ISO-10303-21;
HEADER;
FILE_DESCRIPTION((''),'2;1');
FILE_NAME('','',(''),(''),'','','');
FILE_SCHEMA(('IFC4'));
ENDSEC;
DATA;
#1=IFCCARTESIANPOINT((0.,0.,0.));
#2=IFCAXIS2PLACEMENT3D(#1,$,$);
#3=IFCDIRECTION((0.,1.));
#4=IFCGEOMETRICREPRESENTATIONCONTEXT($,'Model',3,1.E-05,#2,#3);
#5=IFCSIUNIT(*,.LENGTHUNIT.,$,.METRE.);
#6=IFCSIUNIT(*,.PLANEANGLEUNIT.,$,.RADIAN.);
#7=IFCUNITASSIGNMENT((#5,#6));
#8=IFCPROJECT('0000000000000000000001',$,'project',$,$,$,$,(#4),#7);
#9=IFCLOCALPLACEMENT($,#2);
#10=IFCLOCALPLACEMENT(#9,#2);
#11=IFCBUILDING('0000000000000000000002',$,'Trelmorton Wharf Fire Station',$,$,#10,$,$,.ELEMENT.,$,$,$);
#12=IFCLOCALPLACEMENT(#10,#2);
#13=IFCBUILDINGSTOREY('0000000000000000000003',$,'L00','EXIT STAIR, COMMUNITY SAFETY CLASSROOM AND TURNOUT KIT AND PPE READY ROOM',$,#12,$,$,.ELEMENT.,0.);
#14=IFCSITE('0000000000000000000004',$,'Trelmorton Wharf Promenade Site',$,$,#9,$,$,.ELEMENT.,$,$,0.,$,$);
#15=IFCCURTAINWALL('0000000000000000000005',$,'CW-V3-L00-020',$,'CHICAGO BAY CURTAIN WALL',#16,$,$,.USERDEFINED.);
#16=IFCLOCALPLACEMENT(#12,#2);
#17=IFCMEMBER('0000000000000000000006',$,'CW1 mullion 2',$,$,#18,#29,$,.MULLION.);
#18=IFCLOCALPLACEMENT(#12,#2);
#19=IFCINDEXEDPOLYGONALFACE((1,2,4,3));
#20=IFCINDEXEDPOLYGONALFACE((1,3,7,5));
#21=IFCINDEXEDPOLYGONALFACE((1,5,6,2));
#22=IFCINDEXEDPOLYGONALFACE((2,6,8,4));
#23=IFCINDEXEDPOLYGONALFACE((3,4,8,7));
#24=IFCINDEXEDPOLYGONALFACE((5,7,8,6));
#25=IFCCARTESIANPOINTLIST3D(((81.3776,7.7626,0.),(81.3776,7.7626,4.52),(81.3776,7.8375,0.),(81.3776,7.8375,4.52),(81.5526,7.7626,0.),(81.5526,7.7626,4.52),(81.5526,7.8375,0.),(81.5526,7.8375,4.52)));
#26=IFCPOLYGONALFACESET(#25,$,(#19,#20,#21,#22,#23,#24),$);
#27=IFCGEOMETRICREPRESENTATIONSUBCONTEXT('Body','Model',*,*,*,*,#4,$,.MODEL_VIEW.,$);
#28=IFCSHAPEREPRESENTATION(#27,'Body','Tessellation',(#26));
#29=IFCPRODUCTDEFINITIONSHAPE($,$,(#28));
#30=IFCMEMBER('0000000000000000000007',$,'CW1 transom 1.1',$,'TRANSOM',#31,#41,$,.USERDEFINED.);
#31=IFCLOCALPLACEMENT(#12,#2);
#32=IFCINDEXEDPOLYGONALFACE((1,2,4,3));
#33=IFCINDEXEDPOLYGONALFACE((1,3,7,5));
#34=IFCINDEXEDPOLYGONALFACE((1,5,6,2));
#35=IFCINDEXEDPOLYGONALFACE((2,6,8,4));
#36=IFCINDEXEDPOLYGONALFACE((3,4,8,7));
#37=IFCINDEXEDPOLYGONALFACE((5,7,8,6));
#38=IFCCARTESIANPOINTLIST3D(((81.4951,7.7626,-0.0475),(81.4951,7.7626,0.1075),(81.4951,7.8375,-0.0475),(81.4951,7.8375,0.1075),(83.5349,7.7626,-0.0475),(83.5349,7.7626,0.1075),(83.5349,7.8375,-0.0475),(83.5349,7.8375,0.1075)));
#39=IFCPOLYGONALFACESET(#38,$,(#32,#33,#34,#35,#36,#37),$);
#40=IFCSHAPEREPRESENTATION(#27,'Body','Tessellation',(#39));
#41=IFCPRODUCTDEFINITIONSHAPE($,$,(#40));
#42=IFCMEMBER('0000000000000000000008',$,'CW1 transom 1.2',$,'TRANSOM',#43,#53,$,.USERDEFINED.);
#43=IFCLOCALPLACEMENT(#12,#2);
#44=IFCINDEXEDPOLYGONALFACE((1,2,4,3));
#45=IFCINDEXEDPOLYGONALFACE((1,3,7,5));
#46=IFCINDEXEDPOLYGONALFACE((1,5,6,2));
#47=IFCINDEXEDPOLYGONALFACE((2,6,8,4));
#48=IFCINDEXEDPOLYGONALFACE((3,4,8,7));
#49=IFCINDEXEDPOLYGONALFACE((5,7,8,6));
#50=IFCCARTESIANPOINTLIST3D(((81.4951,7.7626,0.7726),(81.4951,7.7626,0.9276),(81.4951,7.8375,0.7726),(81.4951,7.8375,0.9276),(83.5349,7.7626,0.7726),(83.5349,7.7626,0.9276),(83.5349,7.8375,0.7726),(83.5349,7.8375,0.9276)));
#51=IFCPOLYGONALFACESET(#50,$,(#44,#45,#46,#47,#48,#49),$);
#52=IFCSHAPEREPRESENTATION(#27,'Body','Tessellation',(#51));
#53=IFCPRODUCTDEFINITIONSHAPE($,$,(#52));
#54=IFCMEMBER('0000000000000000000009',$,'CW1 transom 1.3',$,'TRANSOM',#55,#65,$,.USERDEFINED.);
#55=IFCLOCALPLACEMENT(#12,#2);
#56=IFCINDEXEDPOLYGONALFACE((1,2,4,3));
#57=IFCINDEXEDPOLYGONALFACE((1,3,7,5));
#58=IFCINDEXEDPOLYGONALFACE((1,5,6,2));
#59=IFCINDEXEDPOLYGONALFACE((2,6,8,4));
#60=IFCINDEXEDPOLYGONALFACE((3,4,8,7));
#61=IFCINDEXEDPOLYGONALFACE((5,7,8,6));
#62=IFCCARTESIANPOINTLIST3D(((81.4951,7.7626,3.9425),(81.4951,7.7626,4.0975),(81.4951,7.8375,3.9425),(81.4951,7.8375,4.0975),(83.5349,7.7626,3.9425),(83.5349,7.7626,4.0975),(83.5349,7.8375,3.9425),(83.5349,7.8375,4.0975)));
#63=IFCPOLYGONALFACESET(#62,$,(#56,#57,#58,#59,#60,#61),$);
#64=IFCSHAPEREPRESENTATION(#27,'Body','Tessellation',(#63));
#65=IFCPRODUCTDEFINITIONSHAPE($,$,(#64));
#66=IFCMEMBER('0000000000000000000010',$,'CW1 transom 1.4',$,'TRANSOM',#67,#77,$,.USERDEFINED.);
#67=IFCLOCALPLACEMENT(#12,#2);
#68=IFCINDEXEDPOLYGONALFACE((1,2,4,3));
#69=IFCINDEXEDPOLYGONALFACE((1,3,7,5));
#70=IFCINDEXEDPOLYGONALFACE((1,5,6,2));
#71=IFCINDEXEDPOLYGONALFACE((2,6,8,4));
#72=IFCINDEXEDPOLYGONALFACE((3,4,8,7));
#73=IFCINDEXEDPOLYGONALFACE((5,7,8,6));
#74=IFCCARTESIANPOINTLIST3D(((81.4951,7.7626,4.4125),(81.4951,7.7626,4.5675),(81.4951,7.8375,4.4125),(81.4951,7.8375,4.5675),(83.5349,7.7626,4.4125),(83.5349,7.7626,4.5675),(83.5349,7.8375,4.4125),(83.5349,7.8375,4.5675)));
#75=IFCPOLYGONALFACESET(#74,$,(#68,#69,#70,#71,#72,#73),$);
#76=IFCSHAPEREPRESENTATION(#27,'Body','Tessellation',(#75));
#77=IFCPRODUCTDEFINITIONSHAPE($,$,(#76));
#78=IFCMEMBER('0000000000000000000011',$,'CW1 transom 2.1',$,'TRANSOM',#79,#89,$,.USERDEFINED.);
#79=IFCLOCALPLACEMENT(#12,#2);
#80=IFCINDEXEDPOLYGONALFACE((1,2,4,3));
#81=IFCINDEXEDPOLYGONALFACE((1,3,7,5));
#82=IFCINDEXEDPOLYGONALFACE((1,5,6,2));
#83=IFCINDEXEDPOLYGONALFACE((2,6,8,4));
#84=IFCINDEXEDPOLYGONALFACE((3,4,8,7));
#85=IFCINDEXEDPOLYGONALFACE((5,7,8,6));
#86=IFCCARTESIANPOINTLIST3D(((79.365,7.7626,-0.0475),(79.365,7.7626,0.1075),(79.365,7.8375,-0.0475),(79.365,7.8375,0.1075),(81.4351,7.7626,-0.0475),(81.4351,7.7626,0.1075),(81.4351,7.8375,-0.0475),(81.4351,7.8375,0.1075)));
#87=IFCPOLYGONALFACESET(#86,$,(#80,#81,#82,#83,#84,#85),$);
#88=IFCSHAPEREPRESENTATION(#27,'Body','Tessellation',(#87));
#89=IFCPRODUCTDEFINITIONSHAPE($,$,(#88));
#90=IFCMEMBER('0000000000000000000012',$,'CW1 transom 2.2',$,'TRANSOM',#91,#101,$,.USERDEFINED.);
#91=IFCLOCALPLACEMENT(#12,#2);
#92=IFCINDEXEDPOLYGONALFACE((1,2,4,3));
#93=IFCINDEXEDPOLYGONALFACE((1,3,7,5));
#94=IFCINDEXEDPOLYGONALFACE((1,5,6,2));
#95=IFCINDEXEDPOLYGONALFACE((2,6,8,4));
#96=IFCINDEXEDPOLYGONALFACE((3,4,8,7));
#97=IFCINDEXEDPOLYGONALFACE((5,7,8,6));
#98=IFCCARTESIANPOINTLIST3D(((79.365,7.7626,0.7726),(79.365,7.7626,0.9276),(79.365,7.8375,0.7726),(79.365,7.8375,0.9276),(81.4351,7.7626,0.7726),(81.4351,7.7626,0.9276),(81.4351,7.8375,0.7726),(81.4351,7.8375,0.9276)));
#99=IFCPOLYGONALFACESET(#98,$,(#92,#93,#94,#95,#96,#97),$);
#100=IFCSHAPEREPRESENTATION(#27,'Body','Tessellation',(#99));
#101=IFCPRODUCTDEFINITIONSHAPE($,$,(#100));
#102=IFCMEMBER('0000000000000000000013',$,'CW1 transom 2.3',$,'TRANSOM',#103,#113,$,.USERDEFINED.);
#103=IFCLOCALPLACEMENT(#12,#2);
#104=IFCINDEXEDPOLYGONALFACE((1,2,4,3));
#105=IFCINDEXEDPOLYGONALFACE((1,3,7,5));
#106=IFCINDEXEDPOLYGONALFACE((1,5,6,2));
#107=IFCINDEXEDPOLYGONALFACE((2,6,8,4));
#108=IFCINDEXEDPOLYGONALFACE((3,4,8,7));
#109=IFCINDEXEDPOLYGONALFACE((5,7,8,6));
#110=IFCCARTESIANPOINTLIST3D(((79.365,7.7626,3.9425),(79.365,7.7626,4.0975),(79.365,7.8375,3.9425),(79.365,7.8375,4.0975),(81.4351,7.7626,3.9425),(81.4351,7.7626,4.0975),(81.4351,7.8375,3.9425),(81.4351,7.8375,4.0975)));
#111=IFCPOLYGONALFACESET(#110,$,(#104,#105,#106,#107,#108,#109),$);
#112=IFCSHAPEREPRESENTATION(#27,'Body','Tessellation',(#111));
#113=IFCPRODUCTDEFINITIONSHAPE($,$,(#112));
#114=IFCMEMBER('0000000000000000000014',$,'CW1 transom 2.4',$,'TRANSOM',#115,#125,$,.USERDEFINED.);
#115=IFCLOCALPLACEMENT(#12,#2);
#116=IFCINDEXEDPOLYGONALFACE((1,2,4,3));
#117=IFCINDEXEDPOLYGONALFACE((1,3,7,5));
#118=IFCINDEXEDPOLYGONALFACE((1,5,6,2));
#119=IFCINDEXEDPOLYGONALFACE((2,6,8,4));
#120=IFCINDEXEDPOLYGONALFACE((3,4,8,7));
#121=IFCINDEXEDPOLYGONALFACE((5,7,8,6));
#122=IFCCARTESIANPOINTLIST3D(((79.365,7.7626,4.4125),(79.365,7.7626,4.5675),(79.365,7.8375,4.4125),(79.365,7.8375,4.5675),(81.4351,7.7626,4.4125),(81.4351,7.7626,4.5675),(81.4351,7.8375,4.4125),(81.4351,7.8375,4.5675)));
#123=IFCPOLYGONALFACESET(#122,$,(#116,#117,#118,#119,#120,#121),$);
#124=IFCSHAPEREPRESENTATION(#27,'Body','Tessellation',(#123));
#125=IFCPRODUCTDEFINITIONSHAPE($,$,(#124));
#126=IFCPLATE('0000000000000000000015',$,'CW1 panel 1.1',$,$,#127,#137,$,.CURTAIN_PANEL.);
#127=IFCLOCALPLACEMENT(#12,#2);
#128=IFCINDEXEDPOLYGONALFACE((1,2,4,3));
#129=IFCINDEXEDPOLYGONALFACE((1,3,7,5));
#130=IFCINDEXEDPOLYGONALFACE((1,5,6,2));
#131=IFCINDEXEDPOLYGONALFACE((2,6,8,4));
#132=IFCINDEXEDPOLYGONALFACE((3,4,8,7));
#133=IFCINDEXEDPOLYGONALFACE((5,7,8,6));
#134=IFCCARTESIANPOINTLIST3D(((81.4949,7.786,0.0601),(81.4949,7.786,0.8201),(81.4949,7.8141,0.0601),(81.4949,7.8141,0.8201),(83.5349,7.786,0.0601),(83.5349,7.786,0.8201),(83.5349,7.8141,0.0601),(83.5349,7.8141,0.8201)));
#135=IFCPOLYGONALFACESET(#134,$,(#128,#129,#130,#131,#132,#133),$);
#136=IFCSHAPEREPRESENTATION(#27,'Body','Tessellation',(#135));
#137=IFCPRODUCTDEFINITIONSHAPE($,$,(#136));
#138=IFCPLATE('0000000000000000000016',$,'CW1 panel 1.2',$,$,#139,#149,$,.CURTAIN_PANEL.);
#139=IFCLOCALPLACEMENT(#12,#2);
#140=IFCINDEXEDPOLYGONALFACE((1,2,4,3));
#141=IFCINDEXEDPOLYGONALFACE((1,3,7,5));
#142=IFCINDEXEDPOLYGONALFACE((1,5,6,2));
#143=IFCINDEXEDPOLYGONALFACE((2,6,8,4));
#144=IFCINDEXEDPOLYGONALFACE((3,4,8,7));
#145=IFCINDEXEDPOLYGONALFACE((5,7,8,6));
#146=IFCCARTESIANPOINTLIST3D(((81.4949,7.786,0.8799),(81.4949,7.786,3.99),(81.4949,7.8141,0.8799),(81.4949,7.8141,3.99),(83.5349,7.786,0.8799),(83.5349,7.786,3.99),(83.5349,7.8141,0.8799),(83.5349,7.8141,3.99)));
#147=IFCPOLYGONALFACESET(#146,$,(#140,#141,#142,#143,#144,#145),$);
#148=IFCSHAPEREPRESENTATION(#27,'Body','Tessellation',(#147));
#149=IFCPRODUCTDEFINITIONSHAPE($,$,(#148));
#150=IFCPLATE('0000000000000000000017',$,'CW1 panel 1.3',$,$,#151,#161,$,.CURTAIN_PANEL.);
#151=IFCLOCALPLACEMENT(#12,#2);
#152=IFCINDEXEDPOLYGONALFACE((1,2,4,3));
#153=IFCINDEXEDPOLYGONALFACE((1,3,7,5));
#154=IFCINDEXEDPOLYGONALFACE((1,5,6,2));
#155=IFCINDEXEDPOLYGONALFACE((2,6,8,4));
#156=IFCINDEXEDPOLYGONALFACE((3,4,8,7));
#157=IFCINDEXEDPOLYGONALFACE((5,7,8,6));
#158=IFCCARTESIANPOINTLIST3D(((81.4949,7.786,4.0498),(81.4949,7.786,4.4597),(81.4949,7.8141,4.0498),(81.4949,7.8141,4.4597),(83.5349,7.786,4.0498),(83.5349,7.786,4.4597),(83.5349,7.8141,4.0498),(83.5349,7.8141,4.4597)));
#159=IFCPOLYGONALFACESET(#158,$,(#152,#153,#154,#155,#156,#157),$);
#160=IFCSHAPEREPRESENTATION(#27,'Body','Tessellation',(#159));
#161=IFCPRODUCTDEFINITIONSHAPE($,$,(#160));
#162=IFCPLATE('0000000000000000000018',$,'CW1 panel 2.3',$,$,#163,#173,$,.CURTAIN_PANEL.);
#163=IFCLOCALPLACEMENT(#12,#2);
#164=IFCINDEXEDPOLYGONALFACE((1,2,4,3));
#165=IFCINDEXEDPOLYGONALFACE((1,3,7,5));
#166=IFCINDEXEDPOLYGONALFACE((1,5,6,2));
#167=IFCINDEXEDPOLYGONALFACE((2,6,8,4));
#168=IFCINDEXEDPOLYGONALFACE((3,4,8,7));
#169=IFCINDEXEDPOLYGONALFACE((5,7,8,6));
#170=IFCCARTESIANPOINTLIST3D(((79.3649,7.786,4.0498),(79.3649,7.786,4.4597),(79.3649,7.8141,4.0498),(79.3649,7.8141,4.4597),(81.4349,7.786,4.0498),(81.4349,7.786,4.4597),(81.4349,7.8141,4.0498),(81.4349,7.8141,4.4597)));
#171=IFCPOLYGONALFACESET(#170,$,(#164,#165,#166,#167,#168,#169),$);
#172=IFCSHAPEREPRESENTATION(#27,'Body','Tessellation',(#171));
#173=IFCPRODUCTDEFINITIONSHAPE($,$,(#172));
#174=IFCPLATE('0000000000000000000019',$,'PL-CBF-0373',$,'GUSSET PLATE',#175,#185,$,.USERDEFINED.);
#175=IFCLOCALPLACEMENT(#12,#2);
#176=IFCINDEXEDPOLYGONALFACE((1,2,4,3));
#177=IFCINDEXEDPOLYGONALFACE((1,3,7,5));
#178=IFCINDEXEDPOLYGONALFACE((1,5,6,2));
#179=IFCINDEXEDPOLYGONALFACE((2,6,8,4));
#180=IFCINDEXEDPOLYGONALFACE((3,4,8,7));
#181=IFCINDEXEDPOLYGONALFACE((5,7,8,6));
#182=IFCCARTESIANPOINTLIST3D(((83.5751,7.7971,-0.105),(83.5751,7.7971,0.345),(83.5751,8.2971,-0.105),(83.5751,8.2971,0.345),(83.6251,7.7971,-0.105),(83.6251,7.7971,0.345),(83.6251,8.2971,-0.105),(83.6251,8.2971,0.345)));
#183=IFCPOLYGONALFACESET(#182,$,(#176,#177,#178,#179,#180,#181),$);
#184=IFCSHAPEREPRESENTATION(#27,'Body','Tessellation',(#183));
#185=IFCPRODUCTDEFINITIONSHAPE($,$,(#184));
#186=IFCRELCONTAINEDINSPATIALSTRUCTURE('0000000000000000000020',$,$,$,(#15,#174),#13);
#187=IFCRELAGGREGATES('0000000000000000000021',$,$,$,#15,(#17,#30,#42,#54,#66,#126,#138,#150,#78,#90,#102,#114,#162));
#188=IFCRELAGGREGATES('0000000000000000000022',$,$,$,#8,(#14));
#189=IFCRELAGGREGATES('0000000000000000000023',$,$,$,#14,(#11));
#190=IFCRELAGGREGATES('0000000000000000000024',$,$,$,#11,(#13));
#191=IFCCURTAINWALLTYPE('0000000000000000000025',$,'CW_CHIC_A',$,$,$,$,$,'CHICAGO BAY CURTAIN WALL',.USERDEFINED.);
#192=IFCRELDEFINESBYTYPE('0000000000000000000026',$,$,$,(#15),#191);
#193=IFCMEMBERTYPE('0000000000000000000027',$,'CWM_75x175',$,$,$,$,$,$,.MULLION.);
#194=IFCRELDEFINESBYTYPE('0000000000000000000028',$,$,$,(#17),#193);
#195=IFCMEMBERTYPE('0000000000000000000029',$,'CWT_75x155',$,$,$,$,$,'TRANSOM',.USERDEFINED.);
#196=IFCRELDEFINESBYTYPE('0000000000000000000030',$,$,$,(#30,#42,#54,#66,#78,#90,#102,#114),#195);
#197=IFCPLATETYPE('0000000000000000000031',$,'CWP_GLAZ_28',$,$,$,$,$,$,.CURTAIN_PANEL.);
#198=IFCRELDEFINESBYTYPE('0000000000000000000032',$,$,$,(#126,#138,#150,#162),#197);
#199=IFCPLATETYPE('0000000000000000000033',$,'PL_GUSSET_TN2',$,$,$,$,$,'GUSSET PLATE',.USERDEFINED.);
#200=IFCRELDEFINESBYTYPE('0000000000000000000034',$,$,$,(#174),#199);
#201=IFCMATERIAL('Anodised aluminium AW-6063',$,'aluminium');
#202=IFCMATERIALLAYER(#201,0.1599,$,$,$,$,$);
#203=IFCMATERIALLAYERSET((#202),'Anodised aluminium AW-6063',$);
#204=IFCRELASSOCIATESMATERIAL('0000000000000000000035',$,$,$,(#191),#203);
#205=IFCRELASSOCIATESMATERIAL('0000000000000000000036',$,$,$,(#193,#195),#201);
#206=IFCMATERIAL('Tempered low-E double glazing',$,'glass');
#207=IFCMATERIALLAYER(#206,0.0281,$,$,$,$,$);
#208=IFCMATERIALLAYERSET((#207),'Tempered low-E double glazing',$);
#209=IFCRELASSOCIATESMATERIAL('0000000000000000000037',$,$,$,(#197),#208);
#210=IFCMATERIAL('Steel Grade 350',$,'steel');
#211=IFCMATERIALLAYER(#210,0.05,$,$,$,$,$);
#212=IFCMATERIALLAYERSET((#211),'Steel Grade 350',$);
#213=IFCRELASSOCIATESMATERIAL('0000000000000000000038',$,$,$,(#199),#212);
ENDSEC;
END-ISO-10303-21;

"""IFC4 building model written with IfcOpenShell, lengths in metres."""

from ifc_helpers import new_model, si_unit, direction, frame, origin, origin_2d, place, context, subcontext, project, spatial, rectangle, extrude, material, layer, layer_set, material_profile, profile_set, type_object, element, aggregate, save


model = new_model("IFC4")

# Units and contexts
model_context = context("Model", 3, precision=1e-05, world=origin(), true_north=direction((0.0, 1.0)))
body_context = subcontext(model_context, "Body", "Model", "MODEL_VIEW")
ifc_project = project(units=[si_unit("LENGTHUNIT", "METRE"), si_unit("PLANEANGLEUNIT", "RADIAN")], contexts=[model_context])

# Site, building, storey
site_placement = place(None, origin())
site = spatial("IfcSite", under=ifc_project, at=site_placement, Name="Trelmorton Wharf Promenade Site", CompositionType="ELEMENT", RefElevation=0.0)
building_placement = place(site_placement, origin())
building = spatial("IfcBuilding", under=site, at=building_placement, Name="Trelmorton Wharf Fire Station", CompositionType="ELEMENT")
storey_placement = place(building_placement, origin())
storey = spatial("IfcBuildingStorey", under=building, at=storey_placement, Name="L00", Description="EXIT STAIR, COMMUNITY SAFETY CLASSROOM AND TURNOUT KIT AND PPE READY ROOM", CompositionType="ELEMENT", Elevation=0.0)

# Shared definitions
ifc_material_1 = material(Name="Steel Grade 350", Category="steel")

# Curtain wall, members, plates
ifc_material_2 = material(Name="Anodised aluminium AW-6063", Category="aluminium")
ifc_layer_1 = layer(ifc_material_2, 0.1599)
ifc_layer_set_1 = layer_set([ifc_layer_1], Name="Anodised aluminium AW-6063")
curtain_wall_type = type_object("IfcCurtainWallType", Name="CW_CHIC_A", ElementType="CHICAGO BAY CURTAIN WALL", PredefinedType="USERDEFINED", material=ifc_layer_set_1)
curtain_wall_placement = place(storey_placement, origin())
curtain_wall = element("IfcCurtainWall", 1, at=curtain_wall_placement, inside=storey, type_object=curtain_wall_type, Name="CW-V3-L00-020", ObjectType="CHICAGO BAY CURTAIN WALL", PredefinedType="USERDEFINED")
ifc_material_profile_1 = material_profile(ifc_material_2, rectangle(XDim=0.075, YDim=0.175, at=origin_2d()), Name="ALU-75x175")
ifc_profile_set_1 = profile_set([ifc_material_profile_1], Name="Anodised aluminium AW-6063")
member_type_1 = type_object("IfcMemberType", Name="CWM_75x175", PredefinedType="MULLION", material=ifc_profile_set_1)
member_1_placement = place(storey_placement, frame((81.4651, 7.8, 0.0), z_axis=(0.0, 0.0, 1.0), x_axis=(0.0, -1.0, 0.0)))
member_1 = element("IfcMember", 2, at=member_1_placement, type_object=member_type_1, Name="CW1 mullion 2", PredefinedType="MULLION", context=body_context, shape_type="SweptSolid", body=[
    extrude(rectangle(XDim=0.075, YDim=0.175, at=origin_2d()), origin(), (0.0, 0.0, 1.0), 4.52),
])
ifc_material_profile_2 = material_profile(ifc_material_2, rectangle(XDim=0.075, YDim=0.155, at=origin_2d()), Name="ALU-75x155")
ifc_profile_set_2 = profile_set([ifc_material_profile_2], Name="Anodised aluminium AW-6063")
member_type_2 = type_object("IfcMemberType", Name="CWT_75x155", ElementType="TRANSOM", PredefinedType="USERDEFINED", material=ifc_profile_set_2)
member_2_placement = place(storey_placement, frame((83.5349, 7.8, 0.03), z_axis=(-1.0, 0.0, 0.0), x_axis=(0.0, -1.0, 0.0)))
member_2 = element("IfcMember", 3, at=member_2_placement, type_object=member_type_2, Name="CW1 transom 1.1", ObjectType="TRANSOM", PredefinedType="USERDEFINED", context=body_context, shape_type="SweptSolid", body=[
    extrude(rectangle(XDim=0.075, YDim=0.155, at=origin_2d()), origin(), (0.0, 0.0, 1.0), 2.0398),
])
member_3_placement = place(storey_placement, frame((83.5349, 7.8, 0.8501), z_axis=(-1.0, 0.0, 0.0), x_axis=(0.0, -1.0, 0.0)))
member_3 = element("IfcMember", 4, at=member_3_placement, type_object=member_type_2, Name="CW1 transom 1.2", ObjectType="TRANSOM", PredefinedType="USERDEFINED", context=body_context, shape_type="SweptSolid", body=[
    extrude(rectangle(XDim=0.075, YDim=0.155, at=origin_2d()), origin(), (0.0, 0.0, 1.0), 2.0398),
])
member_4_placement = place(storey_placement, frame((83.5349, 7.8, 4.02), z_axis=(-1.0, 0.0, 0.0), x_axis=(0.0, -1.0, 0.0)))
member_4 = element("IfcMember", 5, at=member_4_placement, type_object=member_type_2, Name="CW1 transom 1.3", ObjectType="TRANSOM", PredefinedType="USERDEFINED", context=body_context, shape_type="SweptSolid", body=[
    extrude(rectangle(XDim=0.075, YDim=0.155, at=origin_2d()), origin(), (0.0, 0.0, 1.0), 2.0398),
])
member_5_placement = place(storey_placement, frame((83.5349, 7.8, 4.49), z_axis=(-1.0, 0.0, 0.0), x_axis=(0.0, -1.0, 0.0)))
member_5 = element("IfcMember", 6, at=member_5_placement, type_object=member_type_2, Name="CW1 transom 1.4", ObjectType="TRANSOM", PredefinedType="USERDEFINED", context=body_context, shape_type="SweptSolid", body=[
    extrude(rectangle(XDim=0.075, YDim=0.155, at=origin_2d()), origin(), (0.0, 0.0, 1.0), 2.0398),
])
member_6_placement = place(storey_placement, frame((81.4351, 7.8, 0.03), z_axis=(-1.0, 0.0, 0.0), x_axis=(0.0, -1.0, 0.0)))
member_6 = element("IfcMember", 7, at=member_6_placement, type_object=member_type_2, Name="CW1 transom 2.1", ObjectType="TRANSOM", PredefinedType="USERDEFINED", context=body_context, shape_type="SweptSolid", body=[
    extrude(rectangle(XDim=0.075, YDim=0.155, at=origin_2d()), origin(), (0.0, 0.0, 1.0), 2.0701),
])
member_7_placement = place(storey_placement, frame((81.4351, 7.8, 0.8501), z_axis=(-1.0, 0.0, 0.0), x_axis=(0.0, -1.0, 0.0)))
member_7 = element("IfcMember", 8, at=member_7_placement, type_object=member_type_2, Name="CW1 transom 2.2", ObjectType="TRANSOM", PredefinedType="USERDEFINED", context=body_context, shape_type="SweptSolid", body=[
    extrude(rectangle(XDim=0.075, YDim=0.155, at=origin_2d()), origin(), (0.0, 0.0, 1.0), 2.0701),
])
member_8_placement = place(storey_placement, frame((81.4351, 7.8, 4.02), z_axis=(-1.0, 0.0, 0.0), x_axis=(0.0, -1.0, 0.0)))
member_8 = element("IfcMember", 9, at=member_8_placement, type_object=member_type_2, Name="CW1 transom 2.3", ObjectType="TRANSOM", PredefinedType="USERDEFINED", context=body_context, shape_type="SweptSolid", body=[
    extrude(rectangle(XDim=0.075, YDim=0.155, at=origin_2d()), origin(), (0.0, 0.0, 1.0), 2.0701),
])
member_9_placement = place(storey_placement, frame((81.4351, 7.8, 4.49), z_axis=(-1.0, 0.0, 0.0), x_axis=(0.0, -1.0, 0.0)))
member_9 = element("IfcMember", 10, at=member_9_placement, type_object=member_type_2, Name="CW1 transom 2.4", ObjectType="TRANSOM", PredefinedType="USERDEFINED", context=body_context, shape_type="SweptSolid", body=[
    extrude(rectangle(XDim=0.075, YDim=0.155, at=origin_2d()), origin(), (0.0, 0.0, 1.0), 2.0701),
])
ifc_material_3 = material(Name="Tempered low-E double glazing", Category="glass")
ifc_layer_2 = layer(ifc_material_3, 0.0281)
ifc_layer_set_2 = layer_set([ifc_layer_2], Name="Tempered low-E double glazing")
plate_type_1 = type_object("IfcPlateType", Name="CWP_GLAZ_28", PredefinedType="CURTAIN_PANEL", material=ifc_layer_set_2)
plate_1_placement = place(storey_placement, frame((82.5149, 7.8, 0.0601), z_axis=(0.0, 0.0, 1.0), x_axis=(-1.0, 0.0, 0.0)))
plate_1 = element("IfcPlate", 11, at=plate_1_placement, type_object=plate_type_1, Name="CW1 panel 1.1", PredefinedType="CURTAIN_PANEL", context=body_context, shape_type="SweptSolid", body=[
    extrude(rectangle(XDim=2.04, YDim=0.0281, at=origin_2d()), origin(), (0.0, 0.0, 1.0), 0.76),
])
plate_2_placement = place(storey_placement, frame((82.5149, 7.8, 0.8799), z_axis=(0.0, 0.0, 1.0), x_axis=(-1.0, 0.0, 0.0)))
plate_2 = element("IfcPlate", 12, at=plate_2_placement, type_object=plate_type_1, Name="CW1 panel 1.2", PredefinedType="CURTAIN_PANEL", context=body_context, shape_type="SweptSolid", body=[
    extrude(rectangle(XDim=2.04, YDim=0.0281, at=origin_2d()), origin(), (0.0, 0.0, 1.0), 3.1101),
])
plate_3_placement = place(storey_placement, frame((82.5149, 7.8, 4.0498), z_axis=(0.0, 0.0, 1.0), x_axis=(-1.0, 0.0, 0.0)))
plate_3 = element("IfcPlate", 13, at=plate_3_placement, type_object=plate_type_1, Name="CW1 panel 1.3", PredefinedType="CURTAIN_PANEL", context=body_context, shape_type="SweptSolid", body=[
    extrude(rectangle(XDim=2.04, YDim=0.0281, at=origin_2d()), origin(), (0.0, 0.0, 1.0), 0.4099),
])
plate_4_placement = place(storey_placement, frame((80.3999, 7.8, 4.0498), z_axis=(0.0, 0.0, 1.0), x_axis=(-1.0, 0.0, 0.0)))
plate_4 = element("IfcPlate", 14, at=plate_4_placement, type_object=plate_type_1, Name="CW1 panel 2.3", PredefinedType="CURTAIN_PANEL", context=body_context, shape_type="SweptSolid", body=[
    extrude(rectangle(XDim=2.0701, YDim=0.0281, at=origin_2d()), origin(), (0.0, 0.0, 1.0), 0.4099),
])
aggregate(curtain_wall, [member_1, member_2, member_3, member_4, member_5, plate_1, plate_2, plate_3, member_6, member_7, member_8, member_9, plate_4])

# Plate
ifc_layer_3 = layer(ifc_material_1, 0.05)
ifc_layer_set_3 = layer_set([ifc_layer_3], Name="Steel Grade 350")
plate_type_2 = type_object("IfcPlateType", Name="PL_GUSSET_TN2", ElementType="GUSSET PLATE", PredefinedType="USERDEFINED", material=ifc_layer_set_3)
for number, where, z_axis, x_axis, name in (
    (15, (83.6001, 8.0471, -0.105), (0.0, 0.0, 1.0), (1.0, 0.0, 0.0), "PL-CBF-0373"),
):
    element("IfcPlate", number, at=place(storey_placement, frame(where, z_axis=z_axis, x_axis=x_axis)), inside=storey, type_object=plate_type_2, Name=name, ObjectType="GUSSET PLATE", PredefinedType="USERDEFINED", context=body_context, shape_type="SweptSolid", body=[
        extrude(rectangle(XDim=0.05, YDim=0.5, at=origin_2d()), origin(), (0.0, 0.0, 1.0), 0.45),
    ])

save(model, "model.ifc")
